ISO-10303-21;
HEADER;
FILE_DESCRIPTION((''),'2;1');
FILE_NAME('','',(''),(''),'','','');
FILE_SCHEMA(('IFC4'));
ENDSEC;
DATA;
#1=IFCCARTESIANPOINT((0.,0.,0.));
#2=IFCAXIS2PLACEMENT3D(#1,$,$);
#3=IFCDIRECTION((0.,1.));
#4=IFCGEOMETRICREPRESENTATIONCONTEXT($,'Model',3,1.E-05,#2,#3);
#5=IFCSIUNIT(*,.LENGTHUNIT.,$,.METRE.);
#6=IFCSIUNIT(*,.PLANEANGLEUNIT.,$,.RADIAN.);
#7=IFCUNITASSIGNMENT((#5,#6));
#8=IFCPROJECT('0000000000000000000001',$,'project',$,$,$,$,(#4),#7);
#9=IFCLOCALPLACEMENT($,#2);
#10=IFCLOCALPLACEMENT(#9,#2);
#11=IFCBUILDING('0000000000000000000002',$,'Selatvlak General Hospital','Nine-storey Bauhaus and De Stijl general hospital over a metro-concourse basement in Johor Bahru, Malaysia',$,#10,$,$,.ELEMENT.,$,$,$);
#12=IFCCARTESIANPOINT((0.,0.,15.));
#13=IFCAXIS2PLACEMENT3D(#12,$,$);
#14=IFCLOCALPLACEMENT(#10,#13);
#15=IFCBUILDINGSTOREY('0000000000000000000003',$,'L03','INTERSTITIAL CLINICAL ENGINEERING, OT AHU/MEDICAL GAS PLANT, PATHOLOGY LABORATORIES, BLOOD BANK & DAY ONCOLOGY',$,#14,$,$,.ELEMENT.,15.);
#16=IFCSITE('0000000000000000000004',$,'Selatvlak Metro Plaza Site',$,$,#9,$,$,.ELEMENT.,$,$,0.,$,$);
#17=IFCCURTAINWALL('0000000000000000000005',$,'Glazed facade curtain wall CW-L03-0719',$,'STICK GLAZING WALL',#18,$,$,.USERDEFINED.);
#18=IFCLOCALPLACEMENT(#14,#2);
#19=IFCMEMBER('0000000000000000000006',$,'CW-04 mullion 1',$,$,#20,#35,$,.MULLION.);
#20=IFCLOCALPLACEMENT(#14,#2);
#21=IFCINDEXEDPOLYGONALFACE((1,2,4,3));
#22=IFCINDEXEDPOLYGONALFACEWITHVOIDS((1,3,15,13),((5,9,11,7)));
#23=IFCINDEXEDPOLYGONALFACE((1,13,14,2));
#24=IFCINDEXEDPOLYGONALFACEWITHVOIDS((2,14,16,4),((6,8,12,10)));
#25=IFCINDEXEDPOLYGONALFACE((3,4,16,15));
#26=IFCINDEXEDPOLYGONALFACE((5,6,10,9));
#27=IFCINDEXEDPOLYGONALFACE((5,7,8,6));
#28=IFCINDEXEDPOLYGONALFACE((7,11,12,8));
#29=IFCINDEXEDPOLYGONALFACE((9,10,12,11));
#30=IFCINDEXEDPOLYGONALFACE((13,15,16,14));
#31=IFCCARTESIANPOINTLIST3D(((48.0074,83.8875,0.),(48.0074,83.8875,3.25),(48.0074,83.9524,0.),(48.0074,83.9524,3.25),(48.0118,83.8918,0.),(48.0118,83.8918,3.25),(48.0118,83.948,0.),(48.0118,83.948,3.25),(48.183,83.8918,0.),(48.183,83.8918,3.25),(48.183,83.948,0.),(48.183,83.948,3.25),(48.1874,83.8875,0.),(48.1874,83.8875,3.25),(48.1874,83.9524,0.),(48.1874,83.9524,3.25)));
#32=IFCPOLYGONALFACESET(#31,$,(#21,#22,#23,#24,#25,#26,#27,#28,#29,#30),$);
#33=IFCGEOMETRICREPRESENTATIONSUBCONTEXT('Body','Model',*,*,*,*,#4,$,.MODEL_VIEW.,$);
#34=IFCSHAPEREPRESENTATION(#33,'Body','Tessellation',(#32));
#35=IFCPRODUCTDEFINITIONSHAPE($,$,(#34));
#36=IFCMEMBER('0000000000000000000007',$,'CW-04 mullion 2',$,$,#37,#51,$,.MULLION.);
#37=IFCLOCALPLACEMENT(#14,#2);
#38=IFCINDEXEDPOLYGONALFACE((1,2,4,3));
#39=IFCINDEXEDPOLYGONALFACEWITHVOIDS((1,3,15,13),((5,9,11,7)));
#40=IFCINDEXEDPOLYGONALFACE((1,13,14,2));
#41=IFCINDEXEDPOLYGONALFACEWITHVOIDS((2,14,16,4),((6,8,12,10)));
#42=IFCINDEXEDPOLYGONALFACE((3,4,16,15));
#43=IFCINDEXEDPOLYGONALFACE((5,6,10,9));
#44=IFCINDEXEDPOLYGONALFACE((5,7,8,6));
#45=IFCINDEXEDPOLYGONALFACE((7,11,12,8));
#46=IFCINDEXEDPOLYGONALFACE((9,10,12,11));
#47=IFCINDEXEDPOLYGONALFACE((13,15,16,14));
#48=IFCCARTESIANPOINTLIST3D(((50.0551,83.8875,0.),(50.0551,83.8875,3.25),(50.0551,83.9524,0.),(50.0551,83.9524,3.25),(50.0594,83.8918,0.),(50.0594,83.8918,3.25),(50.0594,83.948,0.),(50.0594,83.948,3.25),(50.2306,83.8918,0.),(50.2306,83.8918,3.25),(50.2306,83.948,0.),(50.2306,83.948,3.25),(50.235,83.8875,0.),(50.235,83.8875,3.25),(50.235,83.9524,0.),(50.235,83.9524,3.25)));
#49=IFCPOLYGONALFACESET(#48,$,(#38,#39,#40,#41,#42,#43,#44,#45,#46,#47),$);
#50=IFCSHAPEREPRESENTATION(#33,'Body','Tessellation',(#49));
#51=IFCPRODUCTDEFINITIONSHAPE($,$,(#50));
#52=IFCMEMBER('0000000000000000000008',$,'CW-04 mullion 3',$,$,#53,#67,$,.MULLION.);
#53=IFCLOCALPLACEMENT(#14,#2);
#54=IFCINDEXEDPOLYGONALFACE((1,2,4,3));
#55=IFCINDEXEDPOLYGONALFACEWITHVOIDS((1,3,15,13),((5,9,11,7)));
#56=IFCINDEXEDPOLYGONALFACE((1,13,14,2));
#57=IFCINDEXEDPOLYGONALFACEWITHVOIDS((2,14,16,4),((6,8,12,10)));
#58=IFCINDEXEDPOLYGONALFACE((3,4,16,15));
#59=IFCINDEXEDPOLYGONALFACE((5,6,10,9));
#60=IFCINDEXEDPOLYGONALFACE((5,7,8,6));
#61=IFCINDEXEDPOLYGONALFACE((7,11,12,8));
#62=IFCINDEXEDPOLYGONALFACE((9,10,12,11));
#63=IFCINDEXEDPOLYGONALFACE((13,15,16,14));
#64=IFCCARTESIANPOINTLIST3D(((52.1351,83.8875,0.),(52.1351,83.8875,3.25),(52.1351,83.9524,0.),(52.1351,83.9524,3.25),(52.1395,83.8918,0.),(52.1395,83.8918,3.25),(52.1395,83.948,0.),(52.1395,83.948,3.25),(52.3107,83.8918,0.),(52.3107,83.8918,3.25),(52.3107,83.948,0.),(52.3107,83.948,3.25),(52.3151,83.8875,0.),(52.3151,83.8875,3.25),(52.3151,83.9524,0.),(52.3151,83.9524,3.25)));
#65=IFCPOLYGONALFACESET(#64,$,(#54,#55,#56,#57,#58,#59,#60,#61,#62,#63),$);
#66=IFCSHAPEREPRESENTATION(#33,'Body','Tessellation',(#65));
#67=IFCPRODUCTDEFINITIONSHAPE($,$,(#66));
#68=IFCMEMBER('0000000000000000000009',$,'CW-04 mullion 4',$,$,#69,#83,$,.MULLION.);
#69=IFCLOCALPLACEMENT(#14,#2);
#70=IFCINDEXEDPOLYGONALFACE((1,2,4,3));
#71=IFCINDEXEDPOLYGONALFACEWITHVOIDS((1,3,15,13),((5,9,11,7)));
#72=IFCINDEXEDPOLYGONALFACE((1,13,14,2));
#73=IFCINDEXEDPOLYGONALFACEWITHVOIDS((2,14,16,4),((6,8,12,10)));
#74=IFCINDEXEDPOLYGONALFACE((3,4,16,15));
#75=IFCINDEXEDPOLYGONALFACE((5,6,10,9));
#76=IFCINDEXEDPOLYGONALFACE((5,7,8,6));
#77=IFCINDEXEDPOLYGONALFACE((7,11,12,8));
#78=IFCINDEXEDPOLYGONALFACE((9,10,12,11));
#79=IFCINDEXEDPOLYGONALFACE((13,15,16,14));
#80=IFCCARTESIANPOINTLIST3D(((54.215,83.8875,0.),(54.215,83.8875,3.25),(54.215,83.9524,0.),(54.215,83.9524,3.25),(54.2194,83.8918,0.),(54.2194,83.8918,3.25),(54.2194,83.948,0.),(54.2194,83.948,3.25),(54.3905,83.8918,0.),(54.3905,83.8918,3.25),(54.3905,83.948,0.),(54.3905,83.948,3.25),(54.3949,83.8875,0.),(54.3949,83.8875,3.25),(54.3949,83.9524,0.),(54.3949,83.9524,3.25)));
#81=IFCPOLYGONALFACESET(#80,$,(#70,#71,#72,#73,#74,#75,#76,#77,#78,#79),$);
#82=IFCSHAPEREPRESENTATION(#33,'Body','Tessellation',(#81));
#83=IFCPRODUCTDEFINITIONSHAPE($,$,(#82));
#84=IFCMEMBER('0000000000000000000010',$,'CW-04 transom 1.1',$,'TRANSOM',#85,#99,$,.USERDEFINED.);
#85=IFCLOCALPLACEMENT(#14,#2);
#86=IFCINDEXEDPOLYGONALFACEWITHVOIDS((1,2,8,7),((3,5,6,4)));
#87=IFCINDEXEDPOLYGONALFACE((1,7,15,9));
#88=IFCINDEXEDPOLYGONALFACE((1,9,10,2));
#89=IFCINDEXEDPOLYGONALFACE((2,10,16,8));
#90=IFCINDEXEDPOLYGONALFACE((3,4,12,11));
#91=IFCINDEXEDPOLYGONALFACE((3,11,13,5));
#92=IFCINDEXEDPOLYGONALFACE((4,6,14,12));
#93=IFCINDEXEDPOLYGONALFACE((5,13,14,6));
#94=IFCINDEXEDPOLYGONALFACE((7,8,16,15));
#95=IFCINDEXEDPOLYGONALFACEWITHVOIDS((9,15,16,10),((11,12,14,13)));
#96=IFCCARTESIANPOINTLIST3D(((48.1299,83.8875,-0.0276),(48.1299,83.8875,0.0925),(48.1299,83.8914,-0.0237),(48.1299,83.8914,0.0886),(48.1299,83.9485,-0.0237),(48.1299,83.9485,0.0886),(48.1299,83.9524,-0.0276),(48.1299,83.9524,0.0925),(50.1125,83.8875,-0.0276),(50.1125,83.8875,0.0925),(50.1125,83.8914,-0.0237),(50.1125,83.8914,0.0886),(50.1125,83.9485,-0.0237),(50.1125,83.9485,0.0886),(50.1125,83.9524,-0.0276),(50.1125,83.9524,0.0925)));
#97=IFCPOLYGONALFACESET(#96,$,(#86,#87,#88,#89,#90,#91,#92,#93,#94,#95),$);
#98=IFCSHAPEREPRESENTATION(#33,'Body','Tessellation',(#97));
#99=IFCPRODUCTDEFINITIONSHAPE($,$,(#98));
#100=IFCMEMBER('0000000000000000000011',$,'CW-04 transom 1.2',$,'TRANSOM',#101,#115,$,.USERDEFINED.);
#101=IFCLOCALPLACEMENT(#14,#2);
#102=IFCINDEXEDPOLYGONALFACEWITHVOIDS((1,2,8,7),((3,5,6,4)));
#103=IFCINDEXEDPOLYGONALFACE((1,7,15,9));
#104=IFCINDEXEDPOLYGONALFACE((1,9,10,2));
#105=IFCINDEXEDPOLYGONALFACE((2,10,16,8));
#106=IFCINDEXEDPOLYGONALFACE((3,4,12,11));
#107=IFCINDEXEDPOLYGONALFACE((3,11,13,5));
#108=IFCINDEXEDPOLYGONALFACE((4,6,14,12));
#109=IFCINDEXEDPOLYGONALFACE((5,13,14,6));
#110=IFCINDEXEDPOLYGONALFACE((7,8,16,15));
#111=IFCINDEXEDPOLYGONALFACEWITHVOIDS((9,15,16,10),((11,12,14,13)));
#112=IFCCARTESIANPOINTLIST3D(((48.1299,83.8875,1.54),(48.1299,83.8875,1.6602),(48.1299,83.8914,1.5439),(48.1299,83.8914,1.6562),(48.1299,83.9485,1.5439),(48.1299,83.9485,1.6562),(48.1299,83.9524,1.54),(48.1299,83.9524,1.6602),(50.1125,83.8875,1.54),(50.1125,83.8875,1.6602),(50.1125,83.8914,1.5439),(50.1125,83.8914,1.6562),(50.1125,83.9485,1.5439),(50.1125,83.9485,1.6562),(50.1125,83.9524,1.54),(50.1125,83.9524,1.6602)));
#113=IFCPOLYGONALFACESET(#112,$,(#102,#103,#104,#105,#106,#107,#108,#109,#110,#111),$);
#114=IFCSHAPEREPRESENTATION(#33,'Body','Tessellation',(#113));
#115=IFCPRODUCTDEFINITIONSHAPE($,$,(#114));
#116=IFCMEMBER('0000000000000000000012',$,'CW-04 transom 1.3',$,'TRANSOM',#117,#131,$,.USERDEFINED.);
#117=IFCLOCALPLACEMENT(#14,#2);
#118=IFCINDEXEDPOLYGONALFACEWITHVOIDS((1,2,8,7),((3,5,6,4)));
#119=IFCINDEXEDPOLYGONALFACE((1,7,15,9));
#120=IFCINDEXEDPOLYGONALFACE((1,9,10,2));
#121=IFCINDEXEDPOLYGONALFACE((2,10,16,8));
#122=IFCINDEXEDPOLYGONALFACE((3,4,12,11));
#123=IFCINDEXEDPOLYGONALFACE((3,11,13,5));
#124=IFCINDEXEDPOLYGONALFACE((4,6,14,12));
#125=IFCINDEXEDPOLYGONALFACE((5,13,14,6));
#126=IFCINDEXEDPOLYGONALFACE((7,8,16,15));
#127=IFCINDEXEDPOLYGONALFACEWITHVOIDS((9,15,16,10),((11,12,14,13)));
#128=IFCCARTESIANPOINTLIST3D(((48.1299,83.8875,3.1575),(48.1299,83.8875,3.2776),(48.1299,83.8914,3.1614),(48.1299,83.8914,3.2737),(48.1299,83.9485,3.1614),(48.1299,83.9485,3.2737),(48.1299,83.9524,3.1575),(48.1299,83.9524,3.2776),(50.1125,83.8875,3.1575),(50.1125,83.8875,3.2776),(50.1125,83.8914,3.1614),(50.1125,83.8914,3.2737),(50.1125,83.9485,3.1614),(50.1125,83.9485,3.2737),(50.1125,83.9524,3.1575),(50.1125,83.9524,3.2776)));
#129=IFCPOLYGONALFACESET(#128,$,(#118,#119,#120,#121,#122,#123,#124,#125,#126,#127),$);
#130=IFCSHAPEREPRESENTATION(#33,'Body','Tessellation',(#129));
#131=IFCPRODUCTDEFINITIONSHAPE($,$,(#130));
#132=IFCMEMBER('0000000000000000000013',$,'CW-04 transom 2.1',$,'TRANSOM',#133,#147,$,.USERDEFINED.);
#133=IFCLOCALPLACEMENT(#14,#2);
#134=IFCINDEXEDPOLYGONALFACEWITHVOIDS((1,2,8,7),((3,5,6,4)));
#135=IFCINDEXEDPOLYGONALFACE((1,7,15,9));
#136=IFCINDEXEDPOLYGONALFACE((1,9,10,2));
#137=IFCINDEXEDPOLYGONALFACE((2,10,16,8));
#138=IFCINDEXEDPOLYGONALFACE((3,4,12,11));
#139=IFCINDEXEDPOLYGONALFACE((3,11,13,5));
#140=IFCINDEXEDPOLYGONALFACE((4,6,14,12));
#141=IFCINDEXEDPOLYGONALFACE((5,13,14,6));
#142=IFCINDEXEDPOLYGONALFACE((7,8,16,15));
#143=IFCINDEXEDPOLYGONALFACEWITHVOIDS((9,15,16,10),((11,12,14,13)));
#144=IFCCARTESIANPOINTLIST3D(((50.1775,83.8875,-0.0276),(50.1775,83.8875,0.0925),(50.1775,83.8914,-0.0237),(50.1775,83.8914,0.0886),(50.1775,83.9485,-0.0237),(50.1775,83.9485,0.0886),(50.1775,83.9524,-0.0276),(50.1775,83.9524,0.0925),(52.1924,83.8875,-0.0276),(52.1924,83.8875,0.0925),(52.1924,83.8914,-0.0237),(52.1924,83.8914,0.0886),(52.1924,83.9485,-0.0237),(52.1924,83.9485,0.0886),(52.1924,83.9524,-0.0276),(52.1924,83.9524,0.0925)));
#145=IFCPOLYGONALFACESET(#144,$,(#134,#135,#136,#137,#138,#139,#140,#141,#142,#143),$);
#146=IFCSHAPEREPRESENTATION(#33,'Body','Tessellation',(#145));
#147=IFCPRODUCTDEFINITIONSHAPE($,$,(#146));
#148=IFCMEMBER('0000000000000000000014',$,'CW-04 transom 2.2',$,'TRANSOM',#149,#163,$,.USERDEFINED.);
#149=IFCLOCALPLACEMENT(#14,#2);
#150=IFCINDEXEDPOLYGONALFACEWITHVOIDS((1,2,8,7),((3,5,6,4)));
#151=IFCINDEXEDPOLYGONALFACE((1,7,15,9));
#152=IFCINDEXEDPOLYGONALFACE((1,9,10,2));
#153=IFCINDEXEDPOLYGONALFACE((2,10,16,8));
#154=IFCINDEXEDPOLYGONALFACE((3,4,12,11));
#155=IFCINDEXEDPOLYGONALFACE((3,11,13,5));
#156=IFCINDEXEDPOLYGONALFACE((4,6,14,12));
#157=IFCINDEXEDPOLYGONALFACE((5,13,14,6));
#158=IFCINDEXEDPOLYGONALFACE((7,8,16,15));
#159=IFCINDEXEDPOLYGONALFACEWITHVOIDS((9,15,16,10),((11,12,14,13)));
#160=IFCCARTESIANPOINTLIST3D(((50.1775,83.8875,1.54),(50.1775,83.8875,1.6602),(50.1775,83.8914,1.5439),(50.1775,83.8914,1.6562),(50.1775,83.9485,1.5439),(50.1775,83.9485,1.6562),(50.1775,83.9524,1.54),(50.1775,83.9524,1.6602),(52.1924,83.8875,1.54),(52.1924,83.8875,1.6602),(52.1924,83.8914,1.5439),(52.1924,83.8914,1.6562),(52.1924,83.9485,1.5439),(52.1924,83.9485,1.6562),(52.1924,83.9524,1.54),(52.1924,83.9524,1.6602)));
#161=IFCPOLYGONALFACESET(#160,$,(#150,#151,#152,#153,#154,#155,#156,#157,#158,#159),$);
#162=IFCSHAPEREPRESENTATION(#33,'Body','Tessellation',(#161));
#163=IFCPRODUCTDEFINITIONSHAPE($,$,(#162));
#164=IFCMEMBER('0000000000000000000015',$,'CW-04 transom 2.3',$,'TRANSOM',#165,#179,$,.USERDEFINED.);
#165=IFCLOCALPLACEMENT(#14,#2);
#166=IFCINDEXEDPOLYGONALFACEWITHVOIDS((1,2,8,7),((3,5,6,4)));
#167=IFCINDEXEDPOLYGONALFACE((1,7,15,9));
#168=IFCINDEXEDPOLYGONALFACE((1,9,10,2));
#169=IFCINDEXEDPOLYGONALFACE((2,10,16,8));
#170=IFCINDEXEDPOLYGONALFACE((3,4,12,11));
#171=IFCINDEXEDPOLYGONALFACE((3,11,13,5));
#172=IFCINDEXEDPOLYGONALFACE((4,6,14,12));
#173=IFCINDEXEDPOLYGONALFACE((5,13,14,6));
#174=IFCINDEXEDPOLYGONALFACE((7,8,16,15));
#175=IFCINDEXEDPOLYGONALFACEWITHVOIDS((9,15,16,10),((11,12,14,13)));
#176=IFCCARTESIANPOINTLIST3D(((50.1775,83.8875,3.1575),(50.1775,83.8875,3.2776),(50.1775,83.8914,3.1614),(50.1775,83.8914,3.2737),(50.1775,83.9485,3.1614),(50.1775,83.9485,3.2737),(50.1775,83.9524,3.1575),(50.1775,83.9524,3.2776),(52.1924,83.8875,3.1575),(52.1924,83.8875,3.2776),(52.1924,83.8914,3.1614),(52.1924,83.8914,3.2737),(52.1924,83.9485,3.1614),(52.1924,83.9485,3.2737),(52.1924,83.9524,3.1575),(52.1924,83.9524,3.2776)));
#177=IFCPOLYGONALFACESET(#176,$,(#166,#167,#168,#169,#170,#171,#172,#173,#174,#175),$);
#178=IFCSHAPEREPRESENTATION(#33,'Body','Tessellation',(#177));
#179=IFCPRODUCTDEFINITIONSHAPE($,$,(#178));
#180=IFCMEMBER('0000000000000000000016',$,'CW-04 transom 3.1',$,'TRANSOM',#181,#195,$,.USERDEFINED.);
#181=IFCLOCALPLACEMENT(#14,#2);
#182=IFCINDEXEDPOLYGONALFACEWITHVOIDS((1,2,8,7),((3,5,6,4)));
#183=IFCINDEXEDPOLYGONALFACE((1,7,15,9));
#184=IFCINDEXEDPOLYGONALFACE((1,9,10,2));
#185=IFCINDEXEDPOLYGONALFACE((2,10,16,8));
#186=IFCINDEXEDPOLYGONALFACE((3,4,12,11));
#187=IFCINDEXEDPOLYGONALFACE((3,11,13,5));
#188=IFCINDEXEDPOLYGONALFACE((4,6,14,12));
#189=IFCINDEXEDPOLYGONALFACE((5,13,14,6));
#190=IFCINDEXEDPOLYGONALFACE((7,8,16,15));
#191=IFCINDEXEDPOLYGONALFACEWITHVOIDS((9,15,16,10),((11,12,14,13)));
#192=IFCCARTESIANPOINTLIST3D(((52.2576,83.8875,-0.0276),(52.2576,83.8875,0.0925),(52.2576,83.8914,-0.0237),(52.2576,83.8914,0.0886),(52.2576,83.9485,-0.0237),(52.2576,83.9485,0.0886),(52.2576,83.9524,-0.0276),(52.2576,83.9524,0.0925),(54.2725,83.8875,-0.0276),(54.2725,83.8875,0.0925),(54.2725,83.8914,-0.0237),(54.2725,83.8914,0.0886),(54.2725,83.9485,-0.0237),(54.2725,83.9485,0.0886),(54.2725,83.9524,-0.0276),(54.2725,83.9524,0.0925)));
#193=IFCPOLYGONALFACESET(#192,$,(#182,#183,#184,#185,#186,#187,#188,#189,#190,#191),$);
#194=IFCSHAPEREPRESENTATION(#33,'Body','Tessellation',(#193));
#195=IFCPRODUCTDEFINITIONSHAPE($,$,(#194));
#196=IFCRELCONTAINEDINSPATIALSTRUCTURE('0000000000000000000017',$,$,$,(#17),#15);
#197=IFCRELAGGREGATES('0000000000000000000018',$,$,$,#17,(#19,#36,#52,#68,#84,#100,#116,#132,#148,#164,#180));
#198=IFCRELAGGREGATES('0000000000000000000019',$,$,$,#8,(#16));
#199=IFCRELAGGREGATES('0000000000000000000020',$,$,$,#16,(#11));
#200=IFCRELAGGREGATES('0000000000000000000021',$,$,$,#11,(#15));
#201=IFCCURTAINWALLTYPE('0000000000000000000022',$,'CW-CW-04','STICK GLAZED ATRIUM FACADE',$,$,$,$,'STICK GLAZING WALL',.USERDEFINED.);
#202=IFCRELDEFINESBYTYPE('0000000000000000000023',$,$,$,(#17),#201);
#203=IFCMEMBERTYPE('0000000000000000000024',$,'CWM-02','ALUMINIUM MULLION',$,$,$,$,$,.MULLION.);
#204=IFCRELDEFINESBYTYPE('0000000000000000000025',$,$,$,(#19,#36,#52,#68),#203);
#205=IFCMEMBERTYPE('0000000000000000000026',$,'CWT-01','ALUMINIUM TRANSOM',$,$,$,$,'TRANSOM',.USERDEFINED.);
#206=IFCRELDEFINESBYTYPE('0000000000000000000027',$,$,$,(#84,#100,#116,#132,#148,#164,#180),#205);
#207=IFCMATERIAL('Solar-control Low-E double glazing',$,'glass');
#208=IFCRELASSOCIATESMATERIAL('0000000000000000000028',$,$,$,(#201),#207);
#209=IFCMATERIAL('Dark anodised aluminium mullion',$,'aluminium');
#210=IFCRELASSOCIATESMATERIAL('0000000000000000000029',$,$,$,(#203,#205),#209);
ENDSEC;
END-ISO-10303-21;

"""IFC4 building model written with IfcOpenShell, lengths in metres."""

from ifc_helpers import new_model, si_unit, direction, frame, origin, origin_2d, place, context, subcontext, project, spatial, hollow_rectangle, extrude, material, material_profile, profile_set, type_object, element, aggregate, save


model = new_model("IFC4")

# Units and contexts
model_context = context("Model", 3, precision=1e-05, world=origin(), true_north=direction((0.0, 1.0)))
body_context = subcontext(model_context, "Body", "Model", "MODEL_VIEW")
ifc_project = project(units=[si_unit("LENGTHUNIT", "METRE"), si_unit("PLANEANGLEUNIT", "RADIAN")], contexts=[model_context])

# Site, building, storey
site_placement = place(None, origin())
site = spatial("IfcSite", under=ifc_project, at=site_placement, Name="Selatvlak Metro Plaza Site", CompositionType="ELEMENT", RefElevation=0.0)
building_placement = place(site_placement, origin())
building = spatial("IfcBuilding", under=site, at=building_placement, Name="Selatvlak General Hospital", Description="Nine-storey Bauhaus and De Stijl general hospital over a metro-concourse basement in Johor Bahru, Malaysia", CompositionType="ELEMENT")
storey_placement = place(building_placement, frame((0.0, 0.0, 15.0)))
storey = spatial("IfcBuildingStorey", under=building, at=storey_placement, Name="L03", Description="INTERSTITIAL CLINICAL ENGINEERING, OT AHU/MEDICAL GAS PLANT, PATHOLOGY LABORATORIES, BLOOD BANK & DAY ONCOLOGY", CompositionType="ELEMENT", Elevation=15.0)

# Curtain wall, members
ifc_material_1 = material(Name="Solar-control Low-E double glazing", Category="glass")
curtain_wall_type = type_object("IfcCurtainWallType", Name="CW-CW-04", Description="STICK GLAZED ATRIUM FACADE", ElementType="STICK GLAZING WALL", PredefinedType="USERDEFINED", material=ifc_material_1)
curtain_wall_placement = place(storey_placement, origin())
curtain_wall = element("IfcCurtainWall", 1, at=curtain_wall_placement, inside=storey, type_object=curtain_wall_type, Name="Glazed facade curtain wall CW-L03-0719", ObjectType="STICK GLAZING WALL", PredefinedType="USERDEFINED")
ifc_material_2 = material(Name="Dark anodised aluminium mullion", Category="aluminium")
ifc_material_profile_1 = material_profile(ifc_material_2, hollow_rectangle(XDim=0.0649, YDim=0.1799, WallThickness=0.0044, at=origin_2d()), Name="AL-MUL 65x180x4.5")
ifc_profile_set_1 = profile_set([ifc_material_profile_1], Name="Dark anodised aluminium mullion")
member_type_1 = type_object("IfcMemberType", Name="CWM-02", Description="ALUMINIUM MULLION", PredefinedType="MULLION", material=ifc_profile_set_1)
member_1_placement = place(storey_placement, frame((48.0974, 83.9199, 0.0), z_axis=(0.0, 0.0, 1.0), x_axis=(0.0, 1.0, 0.0)))
member_1 = element("IfcMember", 2, at=member_1_placement, type_object=member_type_1, Name="CW-04 mullion 1", PredefinedType="MULLION", context=body_context, shape_type="SweptSolid", body=[
    extrude(hollow_rectangle(XDim=0.0649, YDim=0.1799, WallThickness=0.0044, at=origin_2d()), origin(), (0.0, 0.0, 1.0), 3.25),
])
member_2_placement = place(storey_placement, frame((50.145, 83.9199, 0.0), z_axis=(0.0, 0.0, 1.0), x_axis=(0.0, 1.0, 0.0)))
member_2 = element("IfcMember", 3, at=member_2_placement, type_object=member_type_1, Name="CW-04 mullion 2", PredefinedType="MULLION", context=body_context, shape_type="SweptSolid", body=[
    extrude(hollow_rectangle(XDim=0.0649, YDim=0.1799, WallThickness=0.0044, at=origin_2d()), origin(), (0.0, 0.0, 1.0), 3.25),
])
member_3_placement = place(storey_placement, frame((52.2251, 83.9199, 0.0), z_axis=(0.0, 0.0, 1.0), x_axis=(0.0, 1.0, 0.0)))
member_3 = element("IfcMember", 4, at=member_3_placement, type_object=member_type_1, Name="CW-04 mullion 3", PredefinedType="MULLION", context=body_context, shape_type="SweptSolid", body=[
    extrude(hollow_rectangle(XDim=0.0649, YDim=0.1799, WallThickness=0.0044, at=origin_2d()), origin(), (0.0, 0.0, 1.0), 3.25),
])
member_4_placement = place(storey_placement, frame((54.3049, 83.9199, 0.0), z_axis=(0.0, 0.0, 1.0), x_axis=(0.0, 1.0, 0.0)))
member_4 = element("IfcMember", 5, at=member_4_placement, type_object=member_type_1, Name="CW-04 mullion 4", PredefinedType="MULLION", context=body_context, shape_type="SweptSolid", body=[
    extrude(hollow_rectangle(XDim=0.0649, YDim=0.1799, WallThickness=0.0044, at=origin_2d()), origin(), (0.0, 0.0, 1.0), 3.25),
])
ifc_material_profile_2 = material_profile(ifc_material_2, hollow_rectangle(XDim=0.0649, YDim=0.1201, WallThickness=0.0039, at=origin_2d()), Name="AL-TRN 65x120x4")
ifc_profile_set_2 = profile_set([ifc_material_profile_2], Name="Dark anodised aluminium mullion")
member_type_2 = type_object("IfcMemberType", Name="CWT-01", Description="ALUMINIUM TRANSOM", ElementType="TRANSOM", PredefinedType="USERDEFINED", material=ifc_profile_set_2)
member_5_placement = place(storey_placement, frame((48.1299, 83.9199, 0.0325), z_axis=(1.0, 0.0, 0.0), x_axis=(0.0, 1.0, 0.0)))
member_5 = element("IfcMember", 6, at=member_5_placement, type_object=member_type_2, Name="CW-04 transom 1.1", ObjectType="TRANSOM", PredefinedType="USERDEFINED", context=body_context, shape_type="SweptSolid", body=[
    extrude(hollow_rectangle(XDim=0.0649, YDim=0.1201, WallThickness=0.0039, at=origin_2d()), origin(), (0.0, 0.0, 1.0), 1.9827),
])
member_6_placement = place(storey_placement, frame((48.1299, 83.9199, 1.6001), z_axis=(1.0, 0.0, 0.0), x_axis=(0.0, 1.0, 0.0)))
member_6 = element("IfcMember", 7, at=member_6_placement, type_object=member_type_2, Name="CW-04 transom 1.2", ObjectType="TRANSOM", PredefinedType="USERDEFINED", context=body_context, shape_type="SweptSolid", body=[
    extrude(hollow_rectangle(XDim=0.0649, YDim=0.1201, WallThickness=0.0039, at=origin_2d()), origin(), (0.0, 0.0, 1.0), 1.9827),
])
member_7_placement = place(storey_placement, frame((48.1299, 83.9199, 3.2175), z_axis=(1.0, 0.0, 0.0), x_axis=(0.0, 1.0, 0.0)))
member_7 = element("IfcMember", 8, at=member_7_placement, type_object=member_type_2, Name="CW-04 transom 1.3", ObjectType="TRANSOM", PredefinedType="USERDEFINED", context=body_context, shape_type="SweptSolid", body=[
    extrude(hollow_rectangle(XDim=0.0649, YDim=0.1201, WallThickness=0.0039, at=origin_2d()), origin(), (0.0, 0.0, 1.0), 1.9827),
])
member_8_placement = place(storey_placement, frame((50.1775, 83.9199, 0.0325), z_axis=(1.0, 0.0, 0.0), x_axis=(0.0, 1.0, 0.0)))
member_8 = element("IfcMember", 9, at=member_8_placement, type_object=member_type_2, Name="CW-04 transom 2.1", ObjectType="TRANSOM", PredefinedType="USERDEFINED", context=body_context, shape_type="SweptSolid", body=[
    extrude(hollow_rectangle(XDim=0.0649, YDim=0.1201, WallThickness=0.0039, at=origin_2d()), origin(), (0.0, 0.0, 1.0), 2.0149),
])
member_9_placement = place(storey_placement, frame((50.1775, 83.9199, 1.6001), z_axis=(1.0, 0.0, 0.0), x_axis=(0.0, 1.0, 0.0)))
member_9 = element("IfcMember", 10, at=member_9_placement, type_object=member_type_2, Name="CW-04 transom 2.2", ObjectType="TRANSOM", PredefinedType="USERDEFINED", context=body_context, shape_type="SweptSolid", body=[
    extrude(hollow_rectangle(XDim=0.0649, YDim=0.1201, WallThickness=0.0039, at=origin_2d()), origin(), (0.0, 0.0, 1.0), 2.0149),
])
member_10_placement = place(storey_placement, frame((50.1775, 83.9199, 3.2175), z_axis=(1.0, 0.0, 0.0), x_axis=(0.0, 1.0, 0.0)))
member_10 = element("IfcMember", 11, at=member_10_placement, type_object=member_type_2, Name="CW-04 transom 2.3", ObjectType="TRANSOM", PredefinedType="USERDEFINED", context=body_context, shape_type="SweptSolid", body=[
    extrude(hollow_rectangle(XDim=0.0649, YDim=0.1201, WallThickness=0.0039, at=origin_2d()), origin(), (0.0, 0.0, 1.0), 2.0149),
])
member_11_placement = place(storey_placement, frame((52.2576, 83.9199, 0.0325), z_axis=(1.0, 0.0, 0.0), x_axis=(0.0, 1.0, 0.0)))
member_11 = element("IfcMember", 12, at=member_11_placement, type_object=member_type_2, Name="CW-04 transom 3.1", ObjectType="TRANSOM", PredefinedType="USERDEFINED", context=body_context, shape_type="SweptSolid", body=[
    extrude(hollow_rectangle(XDim=0.0649, YDim=0.1201, WallThickness=0.0039, at=origin_2d()), origin(), (0.0, 0.0, 1.0), 2.0149),
])

aggregate(curtain_wall, [member_1, member_2, member_3, member_4, member_5, member_6, member_7, member_8, member_9, member_10, member_11])

save(model, "model.ifc")
